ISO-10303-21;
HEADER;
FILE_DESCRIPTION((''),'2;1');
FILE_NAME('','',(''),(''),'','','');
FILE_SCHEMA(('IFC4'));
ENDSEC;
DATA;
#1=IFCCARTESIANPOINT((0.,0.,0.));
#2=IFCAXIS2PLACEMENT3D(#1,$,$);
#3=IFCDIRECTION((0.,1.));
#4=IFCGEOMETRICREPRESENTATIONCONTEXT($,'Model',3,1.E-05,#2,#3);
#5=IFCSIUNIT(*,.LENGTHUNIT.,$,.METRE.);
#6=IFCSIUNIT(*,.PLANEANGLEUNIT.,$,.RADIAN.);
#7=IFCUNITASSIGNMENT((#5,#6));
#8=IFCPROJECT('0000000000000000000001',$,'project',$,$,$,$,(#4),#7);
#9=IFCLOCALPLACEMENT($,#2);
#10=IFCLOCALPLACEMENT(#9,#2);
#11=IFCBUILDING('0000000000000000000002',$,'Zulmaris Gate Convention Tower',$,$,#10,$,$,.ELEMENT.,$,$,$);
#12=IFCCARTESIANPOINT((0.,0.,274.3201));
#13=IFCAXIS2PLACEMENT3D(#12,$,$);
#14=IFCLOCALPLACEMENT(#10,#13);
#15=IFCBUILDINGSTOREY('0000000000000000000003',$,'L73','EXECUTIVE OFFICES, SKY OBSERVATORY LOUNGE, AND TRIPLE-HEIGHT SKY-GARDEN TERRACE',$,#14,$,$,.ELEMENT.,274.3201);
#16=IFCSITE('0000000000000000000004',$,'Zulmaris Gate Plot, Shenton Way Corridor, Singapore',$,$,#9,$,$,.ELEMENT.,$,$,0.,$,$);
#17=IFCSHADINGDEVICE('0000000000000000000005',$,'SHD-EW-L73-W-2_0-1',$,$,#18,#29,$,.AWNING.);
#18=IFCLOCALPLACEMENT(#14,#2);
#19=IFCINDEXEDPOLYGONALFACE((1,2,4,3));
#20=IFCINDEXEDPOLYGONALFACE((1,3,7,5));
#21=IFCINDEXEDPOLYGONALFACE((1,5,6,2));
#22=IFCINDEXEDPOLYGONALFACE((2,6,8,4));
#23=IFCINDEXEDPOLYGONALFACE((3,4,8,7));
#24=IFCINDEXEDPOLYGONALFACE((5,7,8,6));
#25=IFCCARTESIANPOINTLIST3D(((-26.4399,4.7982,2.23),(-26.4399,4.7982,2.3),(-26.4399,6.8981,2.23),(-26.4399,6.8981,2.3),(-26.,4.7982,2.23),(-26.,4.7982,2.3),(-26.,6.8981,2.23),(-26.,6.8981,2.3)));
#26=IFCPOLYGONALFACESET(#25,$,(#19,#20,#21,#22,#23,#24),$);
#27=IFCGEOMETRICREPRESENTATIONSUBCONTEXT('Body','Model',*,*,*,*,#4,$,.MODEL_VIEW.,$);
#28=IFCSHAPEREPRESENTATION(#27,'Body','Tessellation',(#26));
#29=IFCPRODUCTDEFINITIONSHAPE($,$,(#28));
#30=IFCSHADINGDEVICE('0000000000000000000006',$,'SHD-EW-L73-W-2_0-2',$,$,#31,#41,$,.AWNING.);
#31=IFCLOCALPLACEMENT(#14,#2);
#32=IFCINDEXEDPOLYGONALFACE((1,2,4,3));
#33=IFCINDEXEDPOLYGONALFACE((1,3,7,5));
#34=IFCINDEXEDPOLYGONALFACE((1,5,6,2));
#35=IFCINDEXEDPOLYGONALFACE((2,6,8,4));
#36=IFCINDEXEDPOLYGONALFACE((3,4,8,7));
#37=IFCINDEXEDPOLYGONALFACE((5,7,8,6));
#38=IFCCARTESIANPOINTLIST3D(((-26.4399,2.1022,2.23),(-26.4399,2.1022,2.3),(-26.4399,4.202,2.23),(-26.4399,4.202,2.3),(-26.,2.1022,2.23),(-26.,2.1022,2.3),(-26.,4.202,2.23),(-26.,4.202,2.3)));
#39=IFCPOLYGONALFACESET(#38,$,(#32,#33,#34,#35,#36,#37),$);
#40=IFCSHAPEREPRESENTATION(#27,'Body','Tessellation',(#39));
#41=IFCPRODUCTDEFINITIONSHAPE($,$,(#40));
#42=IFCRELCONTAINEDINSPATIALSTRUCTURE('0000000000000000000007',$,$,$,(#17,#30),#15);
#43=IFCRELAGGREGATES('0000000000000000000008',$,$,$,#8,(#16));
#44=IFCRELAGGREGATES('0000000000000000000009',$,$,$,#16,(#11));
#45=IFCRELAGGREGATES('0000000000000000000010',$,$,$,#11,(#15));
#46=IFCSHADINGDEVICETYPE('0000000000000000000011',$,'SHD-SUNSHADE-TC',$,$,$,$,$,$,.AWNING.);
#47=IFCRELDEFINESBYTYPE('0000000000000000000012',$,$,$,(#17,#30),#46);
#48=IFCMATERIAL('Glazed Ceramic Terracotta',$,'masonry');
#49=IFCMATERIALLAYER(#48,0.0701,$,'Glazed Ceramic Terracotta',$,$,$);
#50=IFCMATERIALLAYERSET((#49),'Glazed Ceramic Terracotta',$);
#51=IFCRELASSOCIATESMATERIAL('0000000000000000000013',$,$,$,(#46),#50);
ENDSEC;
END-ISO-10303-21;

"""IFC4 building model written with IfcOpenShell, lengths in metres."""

from ifc_helpers import new_model, si_unit, direction, frame, frame_2d, origin, place, context, subcontext, project, spatial, rectangle, extrude, material, layer, layer_set, type_object, element, save


model = new_model("IFC4")

# Units and contexts
model_context = context("Model", 3, precision=1e-05, world=origin(), true_north=direction((0.0, 1.0)))
body_context = subcontext(model_context, "Body", "Model", "MODEL_VIEW")
ifc_project = project(units=[si_unit("LENGTHUNIT", "METRE"), si_unit("PLANEANGLEUNIT", "RADIAN")], contexts=[model_context])

# Site, building, storey
site_placement = place(None, origin())
site = spatial("IfcSite", under=ifc_project, at=site_placement, Name="Zulmaris Gate Plot, Shenton Way Corridor, Singapore", CompositionType="ELEMENT", RefElevation=0.0)
building_placement = place(site_placement, origin())
building = spatial("IfcBuilding", under=site, at=building_placement, Name="Zulmaris Gate Convention Tower", CompositionType="ELEMENT")
storey_placement = place(building_placement, frame((0.0, 0.0, 274.3201)))
storey = spatial("IfcBuildingStorey", under=building, at=storey_placement, Name="L73", Description="EXECUTIVE OFFICES, SKY OBSERVATORY LOUNGE, AND TRIPLE-HEIGHT SKY-GARDEN TERRACE", CompositionType="ELEMENT", Elevation=274.3201)

# Shading devices
ifc_material_1 = material(Name="Glazed Ceramic Terracotta", Category="masonry")
ifc_layer_1 = layer(ifc_material_1, 0.0701, Name="Glazed Ceramic Terracotta")
ifc_layer_set_1 = layer_set([ifc_layer_1], Name="Glazed Ceramic Terracotta")
shading_device_type = type_object("IfcShadingDeviceType", Name="SHD-SUNSHADE-TC", PredefinedType="AWNING", material=ifc_layer_set_1)
for number, where, z_axis, x_axis, name in (
    (1, (-26.22, 6.8979, 2.23), (0.0, 0.0, 1.0), (0.0, -1.0, 0.0), "SHD-EW-L73-W-2_0-1"),
    (2, (-26.22, 4.2019, 2.23), (0.0, 0.0, 1.0), (0.0, -1.0, 0.0), "SHD-EW-L73-W-2_0-2"),
):
    element("IfcShadingDevice", number, at=place(storey_placement, frame(where, z_axis=z_axis, x_axis=x_axis)), inside=storey, type_object=shading_device_type, Name=name, PredefinedType="AWNING", context=body_context, shape_type="SweptSolid", body=[
        extrude(rectangle(XDim=2.0999, YDim=0.4399, at=frame_2d((1.0498, 0.0))), origin(), (0.0, 0.0, 1.0), 0.0701),
    ])

save(model, "model.ifc")
